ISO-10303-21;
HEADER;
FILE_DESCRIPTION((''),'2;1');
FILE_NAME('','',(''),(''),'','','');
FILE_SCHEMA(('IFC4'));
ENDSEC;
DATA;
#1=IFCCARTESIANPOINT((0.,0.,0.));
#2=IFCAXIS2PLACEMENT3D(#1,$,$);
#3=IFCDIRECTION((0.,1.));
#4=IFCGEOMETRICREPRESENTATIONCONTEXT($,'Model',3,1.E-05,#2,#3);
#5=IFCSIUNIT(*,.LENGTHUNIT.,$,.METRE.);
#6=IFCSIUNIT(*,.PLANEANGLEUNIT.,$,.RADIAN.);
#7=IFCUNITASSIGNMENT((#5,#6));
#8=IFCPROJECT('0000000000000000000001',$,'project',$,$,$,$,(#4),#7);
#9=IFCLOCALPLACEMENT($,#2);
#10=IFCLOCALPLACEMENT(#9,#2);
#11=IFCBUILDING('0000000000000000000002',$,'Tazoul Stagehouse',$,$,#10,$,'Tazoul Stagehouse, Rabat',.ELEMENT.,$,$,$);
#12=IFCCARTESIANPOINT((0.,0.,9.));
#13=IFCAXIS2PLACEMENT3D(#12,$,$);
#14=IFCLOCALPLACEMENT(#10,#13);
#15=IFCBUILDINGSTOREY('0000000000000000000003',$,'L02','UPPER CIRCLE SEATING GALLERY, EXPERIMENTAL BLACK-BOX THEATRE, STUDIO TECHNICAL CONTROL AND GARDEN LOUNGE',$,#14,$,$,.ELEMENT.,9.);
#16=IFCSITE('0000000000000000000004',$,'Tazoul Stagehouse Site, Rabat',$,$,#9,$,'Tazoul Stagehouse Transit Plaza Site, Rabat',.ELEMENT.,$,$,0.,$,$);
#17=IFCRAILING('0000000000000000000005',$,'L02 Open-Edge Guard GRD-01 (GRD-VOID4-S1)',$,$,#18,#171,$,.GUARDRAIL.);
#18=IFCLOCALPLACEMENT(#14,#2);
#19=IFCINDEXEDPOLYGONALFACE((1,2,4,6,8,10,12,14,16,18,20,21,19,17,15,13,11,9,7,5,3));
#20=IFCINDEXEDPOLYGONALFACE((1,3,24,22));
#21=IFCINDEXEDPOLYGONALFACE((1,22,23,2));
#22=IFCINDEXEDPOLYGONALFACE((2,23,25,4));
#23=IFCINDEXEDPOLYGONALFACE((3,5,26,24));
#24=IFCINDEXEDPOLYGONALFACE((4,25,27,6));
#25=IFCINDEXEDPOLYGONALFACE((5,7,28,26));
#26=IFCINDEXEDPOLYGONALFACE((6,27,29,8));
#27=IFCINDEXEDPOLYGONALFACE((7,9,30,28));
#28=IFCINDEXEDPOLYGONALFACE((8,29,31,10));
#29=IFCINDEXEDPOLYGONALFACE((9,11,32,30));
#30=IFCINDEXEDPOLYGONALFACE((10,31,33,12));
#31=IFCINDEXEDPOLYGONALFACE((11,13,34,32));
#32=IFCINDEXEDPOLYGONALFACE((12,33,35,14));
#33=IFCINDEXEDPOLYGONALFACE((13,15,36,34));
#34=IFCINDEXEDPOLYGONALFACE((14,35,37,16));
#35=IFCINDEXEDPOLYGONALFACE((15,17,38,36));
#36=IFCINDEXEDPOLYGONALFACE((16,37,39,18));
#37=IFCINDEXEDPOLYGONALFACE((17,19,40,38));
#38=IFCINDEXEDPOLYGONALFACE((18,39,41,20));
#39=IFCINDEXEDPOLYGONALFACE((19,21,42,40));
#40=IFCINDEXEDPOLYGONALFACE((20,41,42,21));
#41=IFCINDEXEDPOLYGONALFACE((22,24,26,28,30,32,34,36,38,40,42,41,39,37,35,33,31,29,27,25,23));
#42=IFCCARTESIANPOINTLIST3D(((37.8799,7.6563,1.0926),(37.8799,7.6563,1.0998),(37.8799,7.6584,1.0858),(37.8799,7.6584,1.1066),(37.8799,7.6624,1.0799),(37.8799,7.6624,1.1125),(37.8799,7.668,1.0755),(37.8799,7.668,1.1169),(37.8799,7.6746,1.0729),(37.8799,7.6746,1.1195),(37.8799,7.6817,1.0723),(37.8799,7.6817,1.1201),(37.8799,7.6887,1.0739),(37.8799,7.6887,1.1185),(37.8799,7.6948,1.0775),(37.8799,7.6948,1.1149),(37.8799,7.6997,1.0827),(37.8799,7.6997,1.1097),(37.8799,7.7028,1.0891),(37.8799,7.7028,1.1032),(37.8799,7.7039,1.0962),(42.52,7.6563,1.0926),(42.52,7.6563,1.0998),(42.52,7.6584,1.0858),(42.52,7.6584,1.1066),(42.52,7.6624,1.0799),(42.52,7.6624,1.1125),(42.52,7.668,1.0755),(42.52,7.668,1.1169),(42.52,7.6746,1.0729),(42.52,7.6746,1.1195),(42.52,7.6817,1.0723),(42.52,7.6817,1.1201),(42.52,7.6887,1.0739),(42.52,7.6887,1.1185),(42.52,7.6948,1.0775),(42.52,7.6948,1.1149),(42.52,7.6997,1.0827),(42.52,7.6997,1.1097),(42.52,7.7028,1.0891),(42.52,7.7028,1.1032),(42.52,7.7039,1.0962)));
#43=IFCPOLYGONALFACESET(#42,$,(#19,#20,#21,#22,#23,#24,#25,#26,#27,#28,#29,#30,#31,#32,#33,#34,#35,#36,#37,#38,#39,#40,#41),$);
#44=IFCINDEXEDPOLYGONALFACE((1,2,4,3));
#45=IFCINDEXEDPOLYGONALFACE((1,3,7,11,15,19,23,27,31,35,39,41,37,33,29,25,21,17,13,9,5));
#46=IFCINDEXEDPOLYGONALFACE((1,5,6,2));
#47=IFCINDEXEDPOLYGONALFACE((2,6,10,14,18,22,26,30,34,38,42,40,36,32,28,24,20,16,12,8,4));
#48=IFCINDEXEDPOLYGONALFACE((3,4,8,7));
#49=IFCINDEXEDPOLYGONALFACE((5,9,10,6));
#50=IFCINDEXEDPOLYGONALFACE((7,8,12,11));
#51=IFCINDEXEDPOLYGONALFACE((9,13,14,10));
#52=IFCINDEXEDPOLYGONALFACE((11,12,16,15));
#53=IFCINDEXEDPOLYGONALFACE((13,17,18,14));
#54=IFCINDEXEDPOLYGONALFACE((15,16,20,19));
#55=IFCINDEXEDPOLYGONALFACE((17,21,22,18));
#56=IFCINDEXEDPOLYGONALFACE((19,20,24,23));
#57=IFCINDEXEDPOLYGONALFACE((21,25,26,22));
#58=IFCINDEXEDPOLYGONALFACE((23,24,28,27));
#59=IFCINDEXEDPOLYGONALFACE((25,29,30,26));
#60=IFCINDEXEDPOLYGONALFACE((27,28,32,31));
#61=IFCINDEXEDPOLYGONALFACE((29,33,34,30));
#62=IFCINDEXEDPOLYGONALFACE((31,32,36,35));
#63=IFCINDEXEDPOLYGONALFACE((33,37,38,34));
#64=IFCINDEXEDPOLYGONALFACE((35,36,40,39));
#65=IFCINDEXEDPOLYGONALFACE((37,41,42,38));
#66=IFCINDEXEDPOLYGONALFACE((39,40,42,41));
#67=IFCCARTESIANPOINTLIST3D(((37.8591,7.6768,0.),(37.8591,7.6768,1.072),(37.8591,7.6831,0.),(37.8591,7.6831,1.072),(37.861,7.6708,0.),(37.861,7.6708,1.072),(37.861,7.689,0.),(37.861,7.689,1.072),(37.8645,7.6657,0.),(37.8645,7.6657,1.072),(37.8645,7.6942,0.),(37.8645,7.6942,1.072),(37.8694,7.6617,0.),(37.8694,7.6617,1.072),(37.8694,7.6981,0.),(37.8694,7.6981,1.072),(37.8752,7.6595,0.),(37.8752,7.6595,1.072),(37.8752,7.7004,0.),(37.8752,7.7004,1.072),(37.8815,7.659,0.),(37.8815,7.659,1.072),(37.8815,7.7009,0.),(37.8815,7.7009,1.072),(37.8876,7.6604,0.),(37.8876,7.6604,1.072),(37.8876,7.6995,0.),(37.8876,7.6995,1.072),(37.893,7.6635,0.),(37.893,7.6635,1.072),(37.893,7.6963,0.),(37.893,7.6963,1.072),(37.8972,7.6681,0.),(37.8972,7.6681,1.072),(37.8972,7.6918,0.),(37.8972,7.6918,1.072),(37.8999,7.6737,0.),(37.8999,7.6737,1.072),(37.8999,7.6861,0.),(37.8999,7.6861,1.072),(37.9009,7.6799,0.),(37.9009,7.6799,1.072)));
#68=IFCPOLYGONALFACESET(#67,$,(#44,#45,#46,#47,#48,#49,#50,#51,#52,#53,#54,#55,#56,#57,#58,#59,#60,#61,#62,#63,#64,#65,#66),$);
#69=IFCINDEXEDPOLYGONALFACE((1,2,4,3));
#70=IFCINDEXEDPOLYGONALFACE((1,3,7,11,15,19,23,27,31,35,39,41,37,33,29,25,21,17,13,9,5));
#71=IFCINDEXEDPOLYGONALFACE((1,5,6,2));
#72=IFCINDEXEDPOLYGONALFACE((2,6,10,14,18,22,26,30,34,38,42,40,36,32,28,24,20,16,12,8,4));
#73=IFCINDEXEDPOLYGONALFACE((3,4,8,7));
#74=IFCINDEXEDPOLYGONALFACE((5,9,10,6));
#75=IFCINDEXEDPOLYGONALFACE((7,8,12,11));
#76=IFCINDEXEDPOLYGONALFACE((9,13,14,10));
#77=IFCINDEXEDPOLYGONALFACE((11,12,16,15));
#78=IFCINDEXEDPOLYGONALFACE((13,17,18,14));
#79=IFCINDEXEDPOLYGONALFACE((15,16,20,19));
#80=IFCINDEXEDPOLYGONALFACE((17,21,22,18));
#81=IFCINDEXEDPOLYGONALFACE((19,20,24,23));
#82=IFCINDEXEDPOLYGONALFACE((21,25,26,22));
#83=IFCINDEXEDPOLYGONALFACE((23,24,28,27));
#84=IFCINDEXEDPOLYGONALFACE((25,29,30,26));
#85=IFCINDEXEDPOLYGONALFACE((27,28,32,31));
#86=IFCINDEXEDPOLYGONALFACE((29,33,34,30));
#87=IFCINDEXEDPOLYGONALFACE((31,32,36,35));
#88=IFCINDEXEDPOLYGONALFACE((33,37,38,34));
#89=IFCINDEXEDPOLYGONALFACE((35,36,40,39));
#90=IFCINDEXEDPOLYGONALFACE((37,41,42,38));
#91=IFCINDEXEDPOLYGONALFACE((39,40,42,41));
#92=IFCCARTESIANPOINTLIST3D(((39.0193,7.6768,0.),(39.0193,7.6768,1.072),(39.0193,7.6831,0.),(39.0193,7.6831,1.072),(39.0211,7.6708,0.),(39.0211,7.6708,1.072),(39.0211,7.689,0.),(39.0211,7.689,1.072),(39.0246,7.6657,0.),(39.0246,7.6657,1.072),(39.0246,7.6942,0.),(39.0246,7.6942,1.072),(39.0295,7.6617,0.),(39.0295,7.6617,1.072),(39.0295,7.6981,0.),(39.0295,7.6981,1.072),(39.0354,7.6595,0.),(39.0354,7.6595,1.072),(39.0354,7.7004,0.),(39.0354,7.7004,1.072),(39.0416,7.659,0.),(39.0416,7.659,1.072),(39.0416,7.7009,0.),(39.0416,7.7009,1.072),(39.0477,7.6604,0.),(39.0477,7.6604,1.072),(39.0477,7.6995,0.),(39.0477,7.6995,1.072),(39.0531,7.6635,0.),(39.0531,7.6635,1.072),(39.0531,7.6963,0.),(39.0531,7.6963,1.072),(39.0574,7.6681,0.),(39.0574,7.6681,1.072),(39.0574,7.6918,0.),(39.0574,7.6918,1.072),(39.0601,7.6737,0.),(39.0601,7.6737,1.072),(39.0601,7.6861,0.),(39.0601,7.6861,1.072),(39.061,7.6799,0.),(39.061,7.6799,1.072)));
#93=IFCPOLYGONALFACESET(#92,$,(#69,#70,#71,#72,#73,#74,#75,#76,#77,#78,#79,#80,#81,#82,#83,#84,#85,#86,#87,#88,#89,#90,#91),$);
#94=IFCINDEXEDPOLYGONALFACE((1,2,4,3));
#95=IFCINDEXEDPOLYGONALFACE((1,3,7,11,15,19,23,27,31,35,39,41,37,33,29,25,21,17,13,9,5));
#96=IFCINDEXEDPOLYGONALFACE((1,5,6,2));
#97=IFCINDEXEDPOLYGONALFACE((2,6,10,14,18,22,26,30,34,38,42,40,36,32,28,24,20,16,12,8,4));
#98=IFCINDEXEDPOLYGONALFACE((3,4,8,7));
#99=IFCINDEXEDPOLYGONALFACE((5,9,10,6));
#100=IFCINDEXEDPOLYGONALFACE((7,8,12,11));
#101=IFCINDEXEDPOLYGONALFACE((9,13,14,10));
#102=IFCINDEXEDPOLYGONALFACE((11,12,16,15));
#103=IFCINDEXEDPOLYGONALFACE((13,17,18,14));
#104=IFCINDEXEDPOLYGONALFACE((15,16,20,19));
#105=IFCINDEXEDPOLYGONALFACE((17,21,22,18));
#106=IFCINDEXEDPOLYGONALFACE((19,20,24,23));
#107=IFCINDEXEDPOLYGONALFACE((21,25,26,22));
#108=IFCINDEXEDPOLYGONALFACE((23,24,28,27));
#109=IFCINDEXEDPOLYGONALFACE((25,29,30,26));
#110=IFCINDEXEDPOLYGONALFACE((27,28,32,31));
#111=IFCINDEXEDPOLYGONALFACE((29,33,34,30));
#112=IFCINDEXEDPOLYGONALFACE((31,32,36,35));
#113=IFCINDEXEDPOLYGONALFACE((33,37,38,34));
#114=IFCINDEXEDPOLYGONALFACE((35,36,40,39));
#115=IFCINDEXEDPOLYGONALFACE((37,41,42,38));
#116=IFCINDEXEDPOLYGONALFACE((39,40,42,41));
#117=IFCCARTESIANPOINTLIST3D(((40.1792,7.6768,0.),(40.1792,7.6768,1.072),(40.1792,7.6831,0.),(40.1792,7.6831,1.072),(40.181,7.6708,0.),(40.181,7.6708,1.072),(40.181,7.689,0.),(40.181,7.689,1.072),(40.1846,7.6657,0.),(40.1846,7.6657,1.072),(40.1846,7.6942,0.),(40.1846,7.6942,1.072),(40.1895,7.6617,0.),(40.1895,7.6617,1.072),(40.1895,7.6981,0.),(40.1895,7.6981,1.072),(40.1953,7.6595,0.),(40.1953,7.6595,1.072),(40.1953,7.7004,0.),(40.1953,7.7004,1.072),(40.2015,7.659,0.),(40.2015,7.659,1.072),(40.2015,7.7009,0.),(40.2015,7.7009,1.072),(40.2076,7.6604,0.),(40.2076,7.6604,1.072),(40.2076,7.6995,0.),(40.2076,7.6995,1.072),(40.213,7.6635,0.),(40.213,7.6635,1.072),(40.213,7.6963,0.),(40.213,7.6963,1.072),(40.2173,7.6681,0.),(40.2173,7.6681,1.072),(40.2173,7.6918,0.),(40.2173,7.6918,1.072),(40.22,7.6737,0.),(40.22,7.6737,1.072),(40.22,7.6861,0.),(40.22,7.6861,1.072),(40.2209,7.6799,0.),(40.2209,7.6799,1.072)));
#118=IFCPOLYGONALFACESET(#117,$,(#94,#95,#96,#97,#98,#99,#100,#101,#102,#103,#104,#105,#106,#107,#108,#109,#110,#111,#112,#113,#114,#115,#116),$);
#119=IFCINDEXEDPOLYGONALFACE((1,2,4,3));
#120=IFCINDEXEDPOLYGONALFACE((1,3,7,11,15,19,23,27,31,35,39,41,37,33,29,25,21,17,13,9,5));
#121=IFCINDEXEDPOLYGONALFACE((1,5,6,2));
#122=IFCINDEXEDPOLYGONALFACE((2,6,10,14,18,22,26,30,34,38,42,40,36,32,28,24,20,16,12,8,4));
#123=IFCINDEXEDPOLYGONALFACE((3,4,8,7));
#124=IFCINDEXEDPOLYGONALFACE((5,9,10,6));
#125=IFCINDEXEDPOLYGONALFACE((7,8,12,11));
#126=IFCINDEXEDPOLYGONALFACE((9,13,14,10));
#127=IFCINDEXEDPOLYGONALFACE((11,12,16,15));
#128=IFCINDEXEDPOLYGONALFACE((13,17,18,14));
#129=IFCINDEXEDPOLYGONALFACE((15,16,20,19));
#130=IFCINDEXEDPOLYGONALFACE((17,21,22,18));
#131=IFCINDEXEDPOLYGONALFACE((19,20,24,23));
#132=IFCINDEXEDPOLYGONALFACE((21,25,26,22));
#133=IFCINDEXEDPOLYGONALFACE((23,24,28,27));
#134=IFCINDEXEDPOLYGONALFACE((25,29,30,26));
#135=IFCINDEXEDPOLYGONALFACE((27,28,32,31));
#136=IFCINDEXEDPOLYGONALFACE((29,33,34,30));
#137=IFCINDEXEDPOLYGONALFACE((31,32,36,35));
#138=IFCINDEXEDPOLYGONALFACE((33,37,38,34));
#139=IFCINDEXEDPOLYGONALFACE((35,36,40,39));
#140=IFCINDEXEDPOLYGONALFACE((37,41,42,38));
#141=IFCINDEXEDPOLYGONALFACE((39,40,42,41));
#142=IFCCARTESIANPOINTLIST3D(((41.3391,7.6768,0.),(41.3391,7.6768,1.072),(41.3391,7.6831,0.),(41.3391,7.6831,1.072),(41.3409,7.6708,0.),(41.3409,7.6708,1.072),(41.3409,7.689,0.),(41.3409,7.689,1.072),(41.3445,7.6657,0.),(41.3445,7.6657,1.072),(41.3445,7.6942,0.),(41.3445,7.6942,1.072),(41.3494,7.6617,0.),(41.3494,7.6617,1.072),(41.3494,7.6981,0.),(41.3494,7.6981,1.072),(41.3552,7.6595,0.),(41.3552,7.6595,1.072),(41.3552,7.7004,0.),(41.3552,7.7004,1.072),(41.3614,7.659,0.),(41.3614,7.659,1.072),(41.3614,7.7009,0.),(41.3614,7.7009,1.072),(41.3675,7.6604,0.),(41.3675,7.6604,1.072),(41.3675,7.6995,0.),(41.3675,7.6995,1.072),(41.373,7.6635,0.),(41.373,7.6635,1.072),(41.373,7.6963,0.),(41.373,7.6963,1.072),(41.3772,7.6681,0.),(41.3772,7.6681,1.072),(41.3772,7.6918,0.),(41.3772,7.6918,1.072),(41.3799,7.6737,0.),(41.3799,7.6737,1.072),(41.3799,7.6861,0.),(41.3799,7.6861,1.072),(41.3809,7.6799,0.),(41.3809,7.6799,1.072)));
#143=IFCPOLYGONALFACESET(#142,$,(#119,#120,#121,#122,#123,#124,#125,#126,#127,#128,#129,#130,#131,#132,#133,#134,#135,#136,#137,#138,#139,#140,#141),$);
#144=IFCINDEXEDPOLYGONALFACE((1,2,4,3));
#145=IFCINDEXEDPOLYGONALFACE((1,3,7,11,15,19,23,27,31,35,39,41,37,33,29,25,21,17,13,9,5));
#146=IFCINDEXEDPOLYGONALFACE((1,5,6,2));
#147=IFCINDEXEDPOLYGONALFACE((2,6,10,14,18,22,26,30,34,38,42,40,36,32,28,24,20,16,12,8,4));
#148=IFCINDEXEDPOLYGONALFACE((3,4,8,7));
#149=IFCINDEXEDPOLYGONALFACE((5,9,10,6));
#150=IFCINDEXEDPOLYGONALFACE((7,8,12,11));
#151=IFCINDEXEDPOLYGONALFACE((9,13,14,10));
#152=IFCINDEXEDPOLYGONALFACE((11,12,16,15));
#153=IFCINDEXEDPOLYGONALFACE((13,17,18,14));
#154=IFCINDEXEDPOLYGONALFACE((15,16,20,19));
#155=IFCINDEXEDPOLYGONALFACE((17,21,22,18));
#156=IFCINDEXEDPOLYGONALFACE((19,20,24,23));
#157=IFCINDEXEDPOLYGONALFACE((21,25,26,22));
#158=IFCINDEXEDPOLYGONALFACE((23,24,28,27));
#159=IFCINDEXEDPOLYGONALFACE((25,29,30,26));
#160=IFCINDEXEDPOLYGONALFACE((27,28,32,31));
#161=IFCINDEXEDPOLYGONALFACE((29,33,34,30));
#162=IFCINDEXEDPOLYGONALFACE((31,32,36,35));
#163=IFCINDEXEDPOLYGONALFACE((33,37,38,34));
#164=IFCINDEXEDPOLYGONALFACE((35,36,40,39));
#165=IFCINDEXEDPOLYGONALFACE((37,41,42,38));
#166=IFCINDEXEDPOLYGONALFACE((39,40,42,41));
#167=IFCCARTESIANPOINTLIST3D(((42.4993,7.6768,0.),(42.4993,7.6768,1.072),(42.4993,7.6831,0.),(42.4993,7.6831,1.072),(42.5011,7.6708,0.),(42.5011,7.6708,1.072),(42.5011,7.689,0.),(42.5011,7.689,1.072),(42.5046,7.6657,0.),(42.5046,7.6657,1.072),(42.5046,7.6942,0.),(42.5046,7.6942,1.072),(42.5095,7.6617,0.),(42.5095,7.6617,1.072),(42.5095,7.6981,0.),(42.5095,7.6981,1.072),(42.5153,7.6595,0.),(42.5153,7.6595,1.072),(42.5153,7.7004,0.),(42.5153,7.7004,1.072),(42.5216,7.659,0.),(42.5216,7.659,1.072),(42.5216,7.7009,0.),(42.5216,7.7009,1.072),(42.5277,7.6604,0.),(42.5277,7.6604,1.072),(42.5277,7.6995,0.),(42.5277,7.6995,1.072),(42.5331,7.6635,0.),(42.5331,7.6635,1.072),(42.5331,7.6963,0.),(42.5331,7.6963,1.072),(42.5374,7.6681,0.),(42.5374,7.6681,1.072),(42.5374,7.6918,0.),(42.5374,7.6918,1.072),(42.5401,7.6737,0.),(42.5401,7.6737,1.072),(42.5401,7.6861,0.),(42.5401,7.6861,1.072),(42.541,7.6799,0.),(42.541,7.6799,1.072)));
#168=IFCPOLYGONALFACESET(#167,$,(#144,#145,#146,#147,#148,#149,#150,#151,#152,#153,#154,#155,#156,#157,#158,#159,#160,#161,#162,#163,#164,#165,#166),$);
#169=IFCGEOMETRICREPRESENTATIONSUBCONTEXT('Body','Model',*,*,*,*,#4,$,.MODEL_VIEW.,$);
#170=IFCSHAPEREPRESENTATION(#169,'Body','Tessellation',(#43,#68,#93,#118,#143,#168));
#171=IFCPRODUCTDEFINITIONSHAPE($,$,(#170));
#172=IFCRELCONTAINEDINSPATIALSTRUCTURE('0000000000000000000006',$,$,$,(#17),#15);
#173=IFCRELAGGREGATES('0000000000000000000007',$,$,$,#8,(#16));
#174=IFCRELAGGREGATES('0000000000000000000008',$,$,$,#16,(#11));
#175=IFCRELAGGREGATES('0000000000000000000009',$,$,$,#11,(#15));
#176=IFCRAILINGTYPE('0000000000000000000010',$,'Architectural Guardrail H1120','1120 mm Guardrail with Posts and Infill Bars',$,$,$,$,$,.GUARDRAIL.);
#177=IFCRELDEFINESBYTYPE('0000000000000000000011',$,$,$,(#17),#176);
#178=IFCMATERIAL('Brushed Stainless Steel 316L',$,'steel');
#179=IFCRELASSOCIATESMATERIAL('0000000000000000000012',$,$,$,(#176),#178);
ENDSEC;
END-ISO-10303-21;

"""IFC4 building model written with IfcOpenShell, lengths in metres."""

from ifc_helpers import new_model, si_unit, direction, frame, origin, origin_2d, place, context, subcontext, project, spatial, circle, extrude, material, material_profile, profile_set, type_object, element, save


model = new_model("IFC4")

# Units and contexts
model_context = context("Model", 3, precision=1e-05, world=origin(), true_north=direction((0.0, 1.0)))
body_context = subcontext(model_context, "Body", "Model", "MODEL_VIEW")
ifc_project = project(units=[si_unit("LENGTHUNIT", "METRE"), si_unit("PLANEANGLEUNIT", "RADIAN")], contexts=[model_context])

# Site, building, storey
site_placement = place(None, origin())
building_placement = place(site_placement, origin())
storey_placement = place(building_placement, frame((0.0, 0.0, 9.0)))
site = spatial("IfcSite", under=ifc_project, at=site_placement, Name="Tazoul Stagehouse Site, Rabat", LongName="Tazoul Stagehouse Transit Plaza Site, Rabat", CompositionType="ELEMENT", RefElevation=0.0)
building = spatial("IfcBuilding", under=site, at=building_placement, Name="Tazoul Stagehouse", LongName="Tazoul Stagehouse, Rabat", CompositionType="ELEMENT")
storey = spatial("IfcBuildingStorey", under=building, at=storey_placement, Name="L02", Description="UPPER CIRCLE SEATING GALLERY, EXPERIMENTAL BLACK-BOX THEATRE, STUDIO TECHNICAL CONTROL AND GARDEN LOUNGE", CompositionType="ELEMENT", Elevation=9.0)

# Railing
ifc_material_1 = material(Name="Brushed Stainless Steel 316L", Category="steel")
ifc_material_profile_1 = material_profile(ifc_material_1, circle(Radius=0.0239, at=origin_2d()), Name="SS RAIL D48")
ifc_profile_set_1 = profile_set([ifc_material_profile_1], Name="Brushed Stainless Steel 316L")
railing_type = type_object("IfcRailingType", Name="Architectural Guardrail H1120", Description="1120 mm Guardrail with Posts and Infill Bars", PredefinedType="GUARDRAIL", material=ifc_profile_set_1)
railing_placement = place(storey_placement, frame((37.8799, 7.6799, 0.0)))
element("IfcRailing", 1, at=railing_placement, inside=storey, type_object=railing_type, Name="L02 Open-Edge Guard GRD-01 (GRD-VOID4-S1)", PredefinedType="GUARDRAIL", context=body_context, shape_type="SweptSolid", body=[
    extrude(circle(Radius=0.0239, at=origin_2d()), frame((0.0, 0.0, 1.0962), z_axis=(1.0, 0.0, 0.0), x_axis=(0.0, 1.0, 0.0)), (0.0, 0.0, 1.0), 4.6401),
    extrude(circle(Radius=0.021, at=origin_2d()), origin(), (0.0, 0.0, 1.0), 1.072),
    extrude(circle(Radius=0.021, at=origin_2d()), frame((1.1602, 0.0, 0.0)), (0.0, 0.0, 1.0), 1.072),
    extrude(circle(Radius=0.021, at=origin_2d()), frame((2.3201, 0.0, 0.0)), (0.0, 0.0, 1.0), 1.072),
    extrude(circle(Radius=0.021, at=origin_2d()), frame((3.48, 0.0, 0.0)), (0.0, 0.0, 1.0), 1.072),
    extrude(circle(Radius=0.021, at=origin_2d()), frame((4.6401, 0.0, 0.0)), (0.0, 0.0, 1.0), 1.072),
])

save(model, "model.ifc")
